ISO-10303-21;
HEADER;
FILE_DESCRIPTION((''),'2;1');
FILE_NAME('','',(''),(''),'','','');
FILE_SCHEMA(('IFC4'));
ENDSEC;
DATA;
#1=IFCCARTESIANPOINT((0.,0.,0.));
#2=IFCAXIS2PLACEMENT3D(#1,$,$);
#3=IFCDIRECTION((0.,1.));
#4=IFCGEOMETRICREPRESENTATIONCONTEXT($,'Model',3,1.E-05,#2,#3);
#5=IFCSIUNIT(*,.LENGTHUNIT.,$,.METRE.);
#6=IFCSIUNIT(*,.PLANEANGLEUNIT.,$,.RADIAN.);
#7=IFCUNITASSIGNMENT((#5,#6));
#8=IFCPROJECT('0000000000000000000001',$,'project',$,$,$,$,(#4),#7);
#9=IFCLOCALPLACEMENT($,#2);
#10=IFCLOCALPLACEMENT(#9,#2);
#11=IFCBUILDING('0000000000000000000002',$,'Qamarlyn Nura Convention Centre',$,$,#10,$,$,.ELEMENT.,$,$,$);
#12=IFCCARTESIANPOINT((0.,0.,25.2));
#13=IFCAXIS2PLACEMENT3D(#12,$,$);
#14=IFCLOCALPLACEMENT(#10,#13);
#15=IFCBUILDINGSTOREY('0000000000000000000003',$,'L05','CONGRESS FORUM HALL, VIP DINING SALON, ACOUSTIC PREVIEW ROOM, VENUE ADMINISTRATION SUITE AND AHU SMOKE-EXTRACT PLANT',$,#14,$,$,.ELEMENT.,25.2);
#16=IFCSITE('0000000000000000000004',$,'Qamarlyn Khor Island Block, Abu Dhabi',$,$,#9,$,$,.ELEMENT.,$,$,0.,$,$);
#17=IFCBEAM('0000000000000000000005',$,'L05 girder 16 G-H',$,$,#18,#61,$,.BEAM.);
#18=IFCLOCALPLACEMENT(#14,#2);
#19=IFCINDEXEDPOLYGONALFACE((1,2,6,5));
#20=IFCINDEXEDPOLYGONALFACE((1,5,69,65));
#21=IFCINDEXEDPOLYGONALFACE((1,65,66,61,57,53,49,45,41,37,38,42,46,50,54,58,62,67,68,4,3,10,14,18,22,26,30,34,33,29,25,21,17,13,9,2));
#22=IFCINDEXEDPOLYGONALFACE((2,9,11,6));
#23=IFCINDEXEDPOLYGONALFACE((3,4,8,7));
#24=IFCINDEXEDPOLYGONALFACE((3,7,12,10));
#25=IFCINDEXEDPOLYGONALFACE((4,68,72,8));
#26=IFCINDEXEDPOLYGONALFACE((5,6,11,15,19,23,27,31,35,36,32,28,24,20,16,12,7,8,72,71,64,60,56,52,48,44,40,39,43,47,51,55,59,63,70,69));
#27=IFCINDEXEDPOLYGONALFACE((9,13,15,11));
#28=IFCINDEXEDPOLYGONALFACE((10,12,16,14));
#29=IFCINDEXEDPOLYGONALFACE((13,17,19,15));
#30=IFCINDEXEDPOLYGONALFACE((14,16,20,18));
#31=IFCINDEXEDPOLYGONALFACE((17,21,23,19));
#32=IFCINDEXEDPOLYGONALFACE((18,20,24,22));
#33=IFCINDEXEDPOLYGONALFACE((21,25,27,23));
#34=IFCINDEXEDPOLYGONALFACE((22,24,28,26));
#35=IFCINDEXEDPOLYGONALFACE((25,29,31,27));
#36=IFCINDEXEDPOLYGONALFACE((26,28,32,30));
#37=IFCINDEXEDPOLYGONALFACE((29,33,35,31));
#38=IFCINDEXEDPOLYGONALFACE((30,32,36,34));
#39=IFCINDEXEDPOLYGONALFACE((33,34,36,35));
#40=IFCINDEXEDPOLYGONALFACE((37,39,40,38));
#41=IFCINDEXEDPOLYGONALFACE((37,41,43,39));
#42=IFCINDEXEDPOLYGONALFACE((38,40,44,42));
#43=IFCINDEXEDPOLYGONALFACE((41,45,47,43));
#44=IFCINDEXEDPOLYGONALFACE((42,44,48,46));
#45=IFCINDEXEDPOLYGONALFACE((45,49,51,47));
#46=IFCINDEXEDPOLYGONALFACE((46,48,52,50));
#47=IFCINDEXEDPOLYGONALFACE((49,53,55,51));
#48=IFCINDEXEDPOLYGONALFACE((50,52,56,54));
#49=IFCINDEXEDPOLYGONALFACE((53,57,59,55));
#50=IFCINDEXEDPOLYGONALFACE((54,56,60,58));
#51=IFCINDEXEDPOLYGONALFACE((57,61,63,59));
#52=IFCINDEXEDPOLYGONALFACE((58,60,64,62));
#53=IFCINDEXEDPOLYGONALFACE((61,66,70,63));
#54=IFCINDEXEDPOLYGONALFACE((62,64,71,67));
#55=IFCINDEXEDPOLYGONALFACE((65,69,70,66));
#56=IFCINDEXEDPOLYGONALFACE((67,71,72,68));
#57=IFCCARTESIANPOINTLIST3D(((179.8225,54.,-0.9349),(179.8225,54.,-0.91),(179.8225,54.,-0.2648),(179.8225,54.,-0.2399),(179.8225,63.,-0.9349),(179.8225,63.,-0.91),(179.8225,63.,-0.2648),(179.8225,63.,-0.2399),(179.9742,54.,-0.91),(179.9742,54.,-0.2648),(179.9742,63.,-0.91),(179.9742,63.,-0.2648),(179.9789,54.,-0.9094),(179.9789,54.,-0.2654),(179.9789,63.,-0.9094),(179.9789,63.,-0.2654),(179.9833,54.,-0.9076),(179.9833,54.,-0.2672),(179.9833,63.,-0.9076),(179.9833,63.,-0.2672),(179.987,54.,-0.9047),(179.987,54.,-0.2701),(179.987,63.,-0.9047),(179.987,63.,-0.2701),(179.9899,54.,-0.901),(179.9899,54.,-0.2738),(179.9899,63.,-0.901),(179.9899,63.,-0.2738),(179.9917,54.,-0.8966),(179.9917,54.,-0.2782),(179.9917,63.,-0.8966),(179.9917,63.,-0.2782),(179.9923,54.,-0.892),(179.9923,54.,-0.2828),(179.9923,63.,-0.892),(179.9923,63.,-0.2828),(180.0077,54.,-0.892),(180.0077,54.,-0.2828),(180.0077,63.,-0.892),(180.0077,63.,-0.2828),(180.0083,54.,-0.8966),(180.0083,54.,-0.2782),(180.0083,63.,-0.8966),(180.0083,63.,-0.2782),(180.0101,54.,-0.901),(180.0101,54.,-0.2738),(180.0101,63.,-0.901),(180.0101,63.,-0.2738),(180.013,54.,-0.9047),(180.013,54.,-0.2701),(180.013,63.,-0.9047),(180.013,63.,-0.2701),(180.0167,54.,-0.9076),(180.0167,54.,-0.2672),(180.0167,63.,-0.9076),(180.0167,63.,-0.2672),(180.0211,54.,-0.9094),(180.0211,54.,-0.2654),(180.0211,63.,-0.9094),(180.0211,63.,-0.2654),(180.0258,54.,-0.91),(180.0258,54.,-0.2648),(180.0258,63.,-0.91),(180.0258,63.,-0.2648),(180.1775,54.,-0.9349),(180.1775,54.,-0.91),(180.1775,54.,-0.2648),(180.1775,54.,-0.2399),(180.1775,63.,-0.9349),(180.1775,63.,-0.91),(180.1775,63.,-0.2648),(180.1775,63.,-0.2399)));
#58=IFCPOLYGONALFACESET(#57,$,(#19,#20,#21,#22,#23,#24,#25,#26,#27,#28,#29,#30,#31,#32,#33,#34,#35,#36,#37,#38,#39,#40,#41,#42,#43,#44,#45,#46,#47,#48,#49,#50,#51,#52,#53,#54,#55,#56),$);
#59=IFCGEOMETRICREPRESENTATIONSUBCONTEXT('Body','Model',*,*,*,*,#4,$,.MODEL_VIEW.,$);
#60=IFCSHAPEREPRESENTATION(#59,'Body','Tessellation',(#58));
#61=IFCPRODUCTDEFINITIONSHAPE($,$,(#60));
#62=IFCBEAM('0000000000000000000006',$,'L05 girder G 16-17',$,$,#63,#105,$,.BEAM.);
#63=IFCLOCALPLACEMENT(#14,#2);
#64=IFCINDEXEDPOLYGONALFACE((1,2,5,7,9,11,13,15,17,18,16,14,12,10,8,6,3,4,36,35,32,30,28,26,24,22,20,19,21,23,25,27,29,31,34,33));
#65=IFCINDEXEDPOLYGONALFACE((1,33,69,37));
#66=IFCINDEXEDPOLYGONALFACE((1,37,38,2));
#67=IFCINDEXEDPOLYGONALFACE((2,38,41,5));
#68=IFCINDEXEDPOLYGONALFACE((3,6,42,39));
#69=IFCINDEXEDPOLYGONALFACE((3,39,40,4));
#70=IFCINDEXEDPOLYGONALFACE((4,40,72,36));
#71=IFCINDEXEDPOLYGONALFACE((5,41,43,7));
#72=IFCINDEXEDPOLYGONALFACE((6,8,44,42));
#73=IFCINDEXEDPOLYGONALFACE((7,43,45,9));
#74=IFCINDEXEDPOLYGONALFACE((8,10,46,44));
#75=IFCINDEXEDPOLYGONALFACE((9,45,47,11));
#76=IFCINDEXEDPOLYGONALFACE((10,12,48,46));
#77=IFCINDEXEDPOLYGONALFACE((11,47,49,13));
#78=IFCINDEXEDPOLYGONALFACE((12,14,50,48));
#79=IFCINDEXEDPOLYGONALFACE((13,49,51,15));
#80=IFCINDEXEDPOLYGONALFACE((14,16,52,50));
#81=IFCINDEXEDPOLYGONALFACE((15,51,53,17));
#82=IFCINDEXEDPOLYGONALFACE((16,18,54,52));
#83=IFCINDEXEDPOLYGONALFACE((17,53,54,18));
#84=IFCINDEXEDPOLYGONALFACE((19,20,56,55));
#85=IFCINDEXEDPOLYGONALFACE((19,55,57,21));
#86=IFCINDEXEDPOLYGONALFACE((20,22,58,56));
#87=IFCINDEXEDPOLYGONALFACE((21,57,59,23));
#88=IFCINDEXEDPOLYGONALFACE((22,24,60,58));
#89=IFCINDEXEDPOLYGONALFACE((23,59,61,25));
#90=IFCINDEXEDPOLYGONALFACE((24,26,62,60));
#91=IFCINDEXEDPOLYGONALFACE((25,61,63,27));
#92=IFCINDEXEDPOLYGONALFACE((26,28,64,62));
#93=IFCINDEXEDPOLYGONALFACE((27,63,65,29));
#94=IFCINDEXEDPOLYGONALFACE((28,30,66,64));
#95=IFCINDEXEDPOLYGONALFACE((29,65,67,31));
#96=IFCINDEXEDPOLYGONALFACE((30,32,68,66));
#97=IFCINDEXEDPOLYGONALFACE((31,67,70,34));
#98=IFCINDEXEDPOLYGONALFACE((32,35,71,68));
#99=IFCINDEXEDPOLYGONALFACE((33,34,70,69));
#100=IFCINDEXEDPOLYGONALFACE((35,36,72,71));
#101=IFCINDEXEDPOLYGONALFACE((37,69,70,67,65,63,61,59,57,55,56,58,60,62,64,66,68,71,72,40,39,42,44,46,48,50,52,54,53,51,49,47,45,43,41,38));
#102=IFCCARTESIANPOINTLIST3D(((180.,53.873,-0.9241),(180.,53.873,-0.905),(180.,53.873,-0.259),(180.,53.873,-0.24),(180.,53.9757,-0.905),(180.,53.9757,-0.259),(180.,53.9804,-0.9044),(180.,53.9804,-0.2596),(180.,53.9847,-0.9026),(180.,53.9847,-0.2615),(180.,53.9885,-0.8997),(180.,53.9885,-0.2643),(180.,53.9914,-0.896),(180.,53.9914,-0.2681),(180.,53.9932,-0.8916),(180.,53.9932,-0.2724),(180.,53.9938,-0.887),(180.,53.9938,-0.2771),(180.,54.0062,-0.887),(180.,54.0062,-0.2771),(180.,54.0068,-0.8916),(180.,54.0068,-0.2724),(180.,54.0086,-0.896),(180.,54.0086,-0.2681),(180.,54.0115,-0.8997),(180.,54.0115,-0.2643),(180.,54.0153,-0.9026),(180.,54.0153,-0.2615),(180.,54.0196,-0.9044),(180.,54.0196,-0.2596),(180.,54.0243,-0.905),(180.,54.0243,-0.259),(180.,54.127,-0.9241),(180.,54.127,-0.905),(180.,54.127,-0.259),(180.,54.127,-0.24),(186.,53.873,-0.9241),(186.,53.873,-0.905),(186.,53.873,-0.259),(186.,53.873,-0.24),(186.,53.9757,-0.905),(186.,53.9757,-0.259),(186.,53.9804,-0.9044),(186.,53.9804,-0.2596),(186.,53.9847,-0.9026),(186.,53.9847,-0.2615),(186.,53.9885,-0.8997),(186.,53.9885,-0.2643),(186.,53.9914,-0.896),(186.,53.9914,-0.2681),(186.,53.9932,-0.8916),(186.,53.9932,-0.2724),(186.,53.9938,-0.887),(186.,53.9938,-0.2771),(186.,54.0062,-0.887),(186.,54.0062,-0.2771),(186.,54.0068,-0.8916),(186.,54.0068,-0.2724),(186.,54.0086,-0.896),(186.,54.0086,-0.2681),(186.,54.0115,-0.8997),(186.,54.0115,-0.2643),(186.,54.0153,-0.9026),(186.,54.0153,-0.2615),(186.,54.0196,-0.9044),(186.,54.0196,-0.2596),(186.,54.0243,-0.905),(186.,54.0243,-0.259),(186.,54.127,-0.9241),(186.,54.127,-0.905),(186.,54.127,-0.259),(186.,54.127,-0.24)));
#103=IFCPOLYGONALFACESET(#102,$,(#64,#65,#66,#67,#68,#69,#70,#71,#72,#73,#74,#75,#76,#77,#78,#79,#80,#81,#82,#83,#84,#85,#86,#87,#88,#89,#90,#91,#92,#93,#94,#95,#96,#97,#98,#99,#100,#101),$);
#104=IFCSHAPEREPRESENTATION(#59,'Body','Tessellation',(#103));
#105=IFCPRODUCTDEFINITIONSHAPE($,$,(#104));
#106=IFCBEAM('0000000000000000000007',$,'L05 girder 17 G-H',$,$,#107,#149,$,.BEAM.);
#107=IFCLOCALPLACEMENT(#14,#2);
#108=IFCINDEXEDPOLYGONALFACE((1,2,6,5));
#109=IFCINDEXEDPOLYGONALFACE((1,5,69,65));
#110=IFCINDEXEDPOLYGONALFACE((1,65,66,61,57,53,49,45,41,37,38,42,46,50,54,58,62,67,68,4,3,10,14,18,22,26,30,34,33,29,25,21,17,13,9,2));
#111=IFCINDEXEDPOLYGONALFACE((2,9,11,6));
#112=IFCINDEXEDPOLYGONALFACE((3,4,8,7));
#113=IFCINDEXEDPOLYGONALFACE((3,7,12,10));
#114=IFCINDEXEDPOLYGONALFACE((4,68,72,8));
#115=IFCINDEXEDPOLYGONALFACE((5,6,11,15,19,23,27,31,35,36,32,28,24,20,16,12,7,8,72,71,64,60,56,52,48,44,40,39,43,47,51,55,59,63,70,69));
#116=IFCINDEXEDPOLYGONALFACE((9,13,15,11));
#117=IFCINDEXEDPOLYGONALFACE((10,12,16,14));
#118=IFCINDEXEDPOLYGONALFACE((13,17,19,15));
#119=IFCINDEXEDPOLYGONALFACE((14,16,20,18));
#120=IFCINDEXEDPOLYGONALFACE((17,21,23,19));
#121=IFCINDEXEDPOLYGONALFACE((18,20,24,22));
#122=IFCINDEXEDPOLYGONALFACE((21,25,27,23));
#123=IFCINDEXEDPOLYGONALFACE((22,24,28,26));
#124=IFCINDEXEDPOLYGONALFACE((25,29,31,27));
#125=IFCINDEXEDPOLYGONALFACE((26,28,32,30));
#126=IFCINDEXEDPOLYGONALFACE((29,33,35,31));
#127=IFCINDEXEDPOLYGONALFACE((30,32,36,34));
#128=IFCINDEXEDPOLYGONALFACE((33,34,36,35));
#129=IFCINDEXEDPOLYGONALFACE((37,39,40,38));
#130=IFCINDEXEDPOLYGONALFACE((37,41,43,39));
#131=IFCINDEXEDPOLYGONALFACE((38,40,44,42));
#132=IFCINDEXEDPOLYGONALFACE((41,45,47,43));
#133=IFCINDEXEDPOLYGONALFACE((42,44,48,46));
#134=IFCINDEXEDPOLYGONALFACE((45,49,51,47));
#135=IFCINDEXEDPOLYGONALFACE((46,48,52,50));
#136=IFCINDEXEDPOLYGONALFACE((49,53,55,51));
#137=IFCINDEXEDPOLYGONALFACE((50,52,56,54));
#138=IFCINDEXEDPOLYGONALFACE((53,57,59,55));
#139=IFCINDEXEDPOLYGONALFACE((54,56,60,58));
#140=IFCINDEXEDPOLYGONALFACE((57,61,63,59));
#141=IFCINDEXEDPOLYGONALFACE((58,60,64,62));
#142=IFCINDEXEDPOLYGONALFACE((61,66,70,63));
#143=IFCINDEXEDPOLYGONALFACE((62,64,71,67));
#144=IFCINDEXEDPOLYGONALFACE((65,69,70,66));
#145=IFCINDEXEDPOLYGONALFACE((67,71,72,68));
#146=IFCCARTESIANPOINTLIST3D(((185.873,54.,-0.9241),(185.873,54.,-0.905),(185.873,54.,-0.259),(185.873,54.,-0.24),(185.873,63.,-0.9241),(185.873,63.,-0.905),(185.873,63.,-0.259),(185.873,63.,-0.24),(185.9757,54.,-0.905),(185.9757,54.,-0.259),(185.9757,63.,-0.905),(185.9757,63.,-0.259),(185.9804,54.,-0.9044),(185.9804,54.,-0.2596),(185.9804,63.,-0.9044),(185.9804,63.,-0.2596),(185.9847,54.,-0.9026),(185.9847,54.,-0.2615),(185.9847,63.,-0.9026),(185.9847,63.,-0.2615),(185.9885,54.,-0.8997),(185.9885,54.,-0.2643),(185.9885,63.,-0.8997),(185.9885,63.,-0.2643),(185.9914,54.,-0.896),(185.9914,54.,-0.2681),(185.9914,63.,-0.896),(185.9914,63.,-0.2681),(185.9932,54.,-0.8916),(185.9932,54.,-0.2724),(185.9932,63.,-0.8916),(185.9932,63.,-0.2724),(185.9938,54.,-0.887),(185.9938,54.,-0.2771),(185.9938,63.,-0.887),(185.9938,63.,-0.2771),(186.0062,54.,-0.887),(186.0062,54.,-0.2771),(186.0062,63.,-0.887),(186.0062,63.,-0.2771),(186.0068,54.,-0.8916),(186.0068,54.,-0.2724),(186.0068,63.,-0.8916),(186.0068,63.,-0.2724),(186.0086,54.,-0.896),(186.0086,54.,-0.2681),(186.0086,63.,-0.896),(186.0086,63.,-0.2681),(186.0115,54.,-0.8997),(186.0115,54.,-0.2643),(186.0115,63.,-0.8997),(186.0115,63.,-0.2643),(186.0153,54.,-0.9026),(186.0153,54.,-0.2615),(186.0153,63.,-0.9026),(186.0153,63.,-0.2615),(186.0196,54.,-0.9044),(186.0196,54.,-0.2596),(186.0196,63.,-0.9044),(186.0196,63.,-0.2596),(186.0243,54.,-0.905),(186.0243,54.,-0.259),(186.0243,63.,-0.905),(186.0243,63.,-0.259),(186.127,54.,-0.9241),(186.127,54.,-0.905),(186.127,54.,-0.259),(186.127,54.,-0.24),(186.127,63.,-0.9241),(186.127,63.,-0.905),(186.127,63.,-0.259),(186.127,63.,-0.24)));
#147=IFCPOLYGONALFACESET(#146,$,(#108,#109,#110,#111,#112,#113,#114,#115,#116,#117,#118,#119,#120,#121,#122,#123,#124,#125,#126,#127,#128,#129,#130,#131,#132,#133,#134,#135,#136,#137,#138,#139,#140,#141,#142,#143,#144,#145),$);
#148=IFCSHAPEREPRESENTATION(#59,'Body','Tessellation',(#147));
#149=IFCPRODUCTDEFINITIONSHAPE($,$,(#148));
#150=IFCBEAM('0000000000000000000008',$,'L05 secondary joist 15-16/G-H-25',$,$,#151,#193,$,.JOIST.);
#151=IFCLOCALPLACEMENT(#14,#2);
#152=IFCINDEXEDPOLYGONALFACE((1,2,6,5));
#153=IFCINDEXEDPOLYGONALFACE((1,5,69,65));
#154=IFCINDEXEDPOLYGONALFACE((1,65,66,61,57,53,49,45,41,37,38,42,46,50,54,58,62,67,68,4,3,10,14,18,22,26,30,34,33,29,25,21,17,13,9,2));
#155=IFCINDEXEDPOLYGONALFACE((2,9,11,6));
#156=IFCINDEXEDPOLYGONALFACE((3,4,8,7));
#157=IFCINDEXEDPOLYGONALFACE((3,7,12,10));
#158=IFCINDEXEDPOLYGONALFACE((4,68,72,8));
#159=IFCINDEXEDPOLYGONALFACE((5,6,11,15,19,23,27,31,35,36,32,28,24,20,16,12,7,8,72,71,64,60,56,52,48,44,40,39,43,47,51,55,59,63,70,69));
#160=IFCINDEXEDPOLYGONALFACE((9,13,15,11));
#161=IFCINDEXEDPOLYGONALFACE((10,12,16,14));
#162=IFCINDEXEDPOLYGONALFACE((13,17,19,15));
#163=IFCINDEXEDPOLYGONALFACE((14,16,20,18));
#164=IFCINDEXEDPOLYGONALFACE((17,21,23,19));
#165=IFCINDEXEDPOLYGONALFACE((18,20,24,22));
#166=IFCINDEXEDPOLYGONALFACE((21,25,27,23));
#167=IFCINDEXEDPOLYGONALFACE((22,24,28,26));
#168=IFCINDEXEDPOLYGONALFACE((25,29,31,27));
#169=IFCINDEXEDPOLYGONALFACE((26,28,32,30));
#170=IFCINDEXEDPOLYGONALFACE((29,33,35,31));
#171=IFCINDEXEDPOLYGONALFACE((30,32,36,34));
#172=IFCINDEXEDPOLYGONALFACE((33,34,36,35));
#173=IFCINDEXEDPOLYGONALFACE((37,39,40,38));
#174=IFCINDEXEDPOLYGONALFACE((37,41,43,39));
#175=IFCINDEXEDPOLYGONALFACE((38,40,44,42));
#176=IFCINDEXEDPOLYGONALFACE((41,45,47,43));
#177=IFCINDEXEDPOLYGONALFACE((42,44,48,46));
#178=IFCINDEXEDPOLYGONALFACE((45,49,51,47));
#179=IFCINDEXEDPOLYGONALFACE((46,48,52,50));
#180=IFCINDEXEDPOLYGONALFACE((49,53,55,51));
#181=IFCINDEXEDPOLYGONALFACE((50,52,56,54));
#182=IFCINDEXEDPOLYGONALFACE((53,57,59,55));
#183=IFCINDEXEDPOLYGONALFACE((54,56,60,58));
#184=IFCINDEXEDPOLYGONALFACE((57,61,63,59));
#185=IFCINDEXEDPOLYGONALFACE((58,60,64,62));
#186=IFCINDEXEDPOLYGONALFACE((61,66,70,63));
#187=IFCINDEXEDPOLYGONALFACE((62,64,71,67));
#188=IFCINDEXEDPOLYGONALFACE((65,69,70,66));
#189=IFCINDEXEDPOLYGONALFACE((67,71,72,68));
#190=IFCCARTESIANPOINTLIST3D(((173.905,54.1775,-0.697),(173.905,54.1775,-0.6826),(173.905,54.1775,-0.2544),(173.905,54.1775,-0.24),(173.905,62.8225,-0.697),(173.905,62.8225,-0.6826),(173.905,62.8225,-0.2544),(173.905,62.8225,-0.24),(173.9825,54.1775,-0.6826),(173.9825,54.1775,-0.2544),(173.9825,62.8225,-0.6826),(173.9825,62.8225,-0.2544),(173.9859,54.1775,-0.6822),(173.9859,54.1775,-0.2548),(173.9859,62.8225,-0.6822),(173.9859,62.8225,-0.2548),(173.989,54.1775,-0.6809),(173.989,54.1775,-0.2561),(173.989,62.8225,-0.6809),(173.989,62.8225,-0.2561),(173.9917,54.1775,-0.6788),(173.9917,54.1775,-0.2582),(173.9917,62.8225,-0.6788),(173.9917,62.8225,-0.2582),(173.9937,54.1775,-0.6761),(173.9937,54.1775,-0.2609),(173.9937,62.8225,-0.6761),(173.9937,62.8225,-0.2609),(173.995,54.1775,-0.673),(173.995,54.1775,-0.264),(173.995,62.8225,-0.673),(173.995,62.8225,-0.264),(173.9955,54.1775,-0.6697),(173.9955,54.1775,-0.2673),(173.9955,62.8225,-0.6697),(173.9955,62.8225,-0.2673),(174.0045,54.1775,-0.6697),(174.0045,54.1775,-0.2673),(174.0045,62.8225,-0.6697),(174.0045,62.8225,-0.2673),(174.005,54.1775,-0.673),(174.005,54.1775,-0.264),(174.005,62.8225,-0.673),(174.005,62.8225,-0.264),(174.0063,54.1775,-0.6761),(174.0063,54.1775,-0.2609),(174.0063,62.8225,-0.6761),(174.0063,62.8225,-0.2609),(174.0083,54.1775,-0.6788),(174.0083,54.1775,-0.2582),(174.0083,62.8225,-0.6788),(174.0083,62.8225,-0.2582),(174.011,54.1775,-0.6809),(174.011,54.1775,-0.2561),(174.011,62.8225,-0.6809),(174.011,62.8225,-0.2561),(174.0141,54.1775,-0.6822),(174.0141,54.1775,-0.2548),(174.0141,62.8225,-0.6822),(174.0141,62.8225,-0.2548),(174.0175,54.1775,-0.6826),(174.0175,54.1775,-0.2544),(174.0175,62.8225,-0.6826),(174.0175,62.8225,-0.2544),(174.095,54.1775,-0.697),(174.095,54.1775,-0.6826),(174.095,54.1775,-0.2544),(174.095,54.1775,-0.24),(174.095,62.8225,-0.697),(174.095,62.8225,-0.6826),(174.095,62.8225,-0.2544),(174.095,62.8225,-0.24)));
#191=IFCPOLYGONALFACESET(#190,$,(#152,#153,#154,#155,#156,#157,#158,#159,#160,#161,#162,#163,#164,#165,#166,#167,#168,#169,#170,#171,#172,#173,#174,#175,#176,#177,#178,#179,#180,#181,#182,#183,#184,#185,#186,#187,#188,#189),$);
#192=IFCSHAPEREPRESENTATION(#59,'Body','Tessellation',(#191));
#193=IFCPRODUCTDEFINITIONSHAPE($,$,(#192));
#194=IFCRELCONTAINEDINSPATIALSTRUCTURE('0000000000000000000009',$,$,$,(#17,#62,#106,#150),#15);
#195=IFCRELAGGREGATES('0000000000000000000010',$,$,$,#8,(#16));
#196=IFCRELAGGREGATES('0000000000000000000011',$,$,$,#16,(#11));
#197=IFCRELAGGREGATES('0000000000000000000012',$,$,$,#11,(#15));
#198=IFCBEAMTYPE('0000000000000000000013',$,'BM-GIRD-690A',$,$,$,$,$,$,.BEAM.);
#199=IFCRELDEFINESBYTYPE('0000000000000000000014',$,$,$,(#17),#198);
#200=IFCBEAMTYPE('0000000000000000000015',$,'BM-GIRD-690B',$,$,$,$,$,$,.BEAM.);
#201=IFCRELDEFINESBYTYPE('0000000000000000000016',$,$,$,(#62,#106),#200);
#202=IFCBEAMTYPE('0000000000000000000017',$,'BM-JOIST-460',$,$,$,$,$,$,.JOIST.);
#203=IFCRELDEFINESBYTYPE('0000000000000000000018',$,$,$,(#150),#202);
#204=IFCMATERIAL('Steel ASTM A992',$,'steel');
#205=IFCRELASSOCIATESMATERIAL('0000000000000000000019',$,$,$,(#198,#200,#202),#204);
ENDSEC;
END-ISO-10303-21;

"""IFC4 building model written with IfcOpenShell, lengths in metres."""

from ifc_helpers import new_model, si_unit, direction, frame, origin, origin_2d, place, context, subcontext, project, spatial, i_section, extrude, material, material_profile, profile_set, type_object, element, save


model = new_model("IFC4")

# Units and contexts
model_context = context("Model", 3, precision=1e-05, world=origin(), true_north=direction((0.0, 1.0)))
body_context = subcontext(model_context, "Body", "Model", "MODEL_VIEW")
ifc_project = project(units=[si_unit("LENGTHUNIT", "METRE"), si_unit("PLANEANGLEUNIT", "RADIAN")], contexts=[model_context])

# Site, building, storey
site_placement = place(None, origin())
site = spatial("IfcSite", under=ifc_project, at=site_placement, Name="Qamarlyn Khor Island Block, Abu Dhabi", CompositionType="ELEMENT", RefElevation=0.0)
building_placement = place(site_placement, origin())
building = spatial("IfcBuilding", under=site, at=building_placement, Name="Qamarlyn Nura Convention Centre", CompositionType="ELEMENT")
storey_placement = place(building_placement, frame((0.0, 0.0, 25.2)))
storey = spatial("IfcBuildingStorey", under=building, at=storey_placement, Name="L05", Description="CONGRESS FORUM HALL, VIP DINING SALON, ACOUSTIC PREVIEW ROOM, VENUE ADMINISTRATION SUITE AND AHU SMOKE-EXTRACT PLANT", CompositionType="ELEMENT", Elevation=25.2)

# Shared definitions
ifc_material_1 = material(Name="Steel ASTM A992", Category="steel")

# Beams
ifc_material_profile_1 = material_profile(ifc_material_1, i_section(OverallWidth=0.355, OverallDepth=0.6951, WebThickness=0.0154, FlangeThickness=0.0249, FilletRadius=0.0181, at=origin_2d()), Name="W690X217")
ifc_profile_set_1 = profile_set([ifc_material_profile_1], Name="Steel ASTM A992")
beam_type_1 = type_object("IfcBeamType", Name="BM-GIRD-690A", PredefinedType="BEAM", material=ifc_profile_set_1)
beam_1_placement = place(storey_placement, frame((180.0, 54.0, -0.5874), z_axis=(0.0, 1.0, 0.0), x_axis=(-1.0, 0.0, 0.0)))
element("IfcBeam", 1, at=beam_1_placement, inside=storey, type_object=beam_type_1, Name="L05 girder 16 G-H", PredefinedType="BEAM", context=body_context, shape_type="SweptSolid", body=[
    extrude(i_section(OverallWidth=0.355, OverallDepth=0.6951, WebThickness=0.0154, FlangeThickness=0.0249, FilletRadius=0.0181, at=origin_2d()), origin(), (0.0, 0.0, 1.0), 9.0),
])
ifc_material_profile_2 = material_profile(ifc_material_1, i_section(OverallWidth=0.2539, OverallDepth=0.6841, WebThickness=0.0125, FlangeThickness=0.019, FilletRadius=0.0181, at=origin_2d()), Name="W690X140")
ifc_profile_set_2 = profile_set([ifc_material_profile_2], Name="Steel ASTM A992")
beam_type_2 = type_object("IfcBeamType", Name="BM-GIRD-690B", PredefinedType="BEAM", material=ifc_profile_set_2)
beam_2_placement = place(storey_placement, frame((180.0, 54.0, -0.582), z_axis=(1.0, 0.0, 0.0), x_axis=(0.0, 1.0, 0.0)))
element("IfcBeam", 2, at=beam_2_placement, inside=storey, type_object=beam_type_2, Name="L05 girder G 16-17", PredefinedType="BEAM", context=body_context, shape_type="SweptSolid", body=[
    extrude(i_section(OverallWidth=0.2539, OverallDepth=0.6841, WebThickness=0.0125, FlangeThickness=0.019, FilletRadius=0.0181, at=origin_2d()), origin(), (0.0, 0.0, 1.0), 6.0),
])
beam_3_placement = place(storey_placement, frame((186.0, 54.0, -0.582), z_axis=(0.0, 1.0, 0.0), x_axis=(-1.0, 0.0, 0.0)))
element("IfcBeam", 3, at=beam_3_placement, inside=storey, type_object=beam_type_2, Name="L05 girder 17 G-H", PredefinedType="BEAM", context=body_context, shape_type="SweptSolid", body=[
    extrude(i_section(OverallWidth=0.2539, OverallDepth=0.6841, WebThickness=0.0125, FlangeThickness=0.019, FilletRadius=0.0181, at=origin_2d()), origin(), (0.0, 0.0, 1.0), 9.0),
])
ifc_material_profile_3 = material_profile(ifc_material_1, i_section(OverallWidth=0.1899, OverallDepth=0.457, WebThickness=0.009, FlangeThickness=0.0144, FilletRadius=0.0129, at=origin_2d()), Name="W460X74")
ifc_profile_set_3 = profile_set([ifc_material_profile_3], Name="Steel ASTM A992")
beam_type_3 = type_object("IfcBeamType", Name="BM-JOIST-460", PredefinedType="JOIST", material=ifc_profile_set_3)
for number, where, z_axis, x_axis, name in (
    (4, (174.0, 54.1775, -0.4685), (0.0, 1.0, 0.0), (-1.0, 0.0, 0.0), "L05 secondary joist 15-16/G-H-25"),
):
    element("IfcBeam", number, at=place(storey_placement, frame(where, z_axis=z_axis, x_axis=x_axis)), inside=storey, type_object=beam_type_3, Name=name, PredefinedType="JOIST", context=body_context, shape_type="SweptSolid", body=[
        extrude(i_section(OverallWidth=0.1899, OverallDepth=0.457, WebThickness=0.009, FlangeThickness=0.0144, FilletRadius=0.0129, at=origin_2d()), origin(), (0.0, 0.0, 1.0), 8.645),
    ])

save(model, "model.ifc")
